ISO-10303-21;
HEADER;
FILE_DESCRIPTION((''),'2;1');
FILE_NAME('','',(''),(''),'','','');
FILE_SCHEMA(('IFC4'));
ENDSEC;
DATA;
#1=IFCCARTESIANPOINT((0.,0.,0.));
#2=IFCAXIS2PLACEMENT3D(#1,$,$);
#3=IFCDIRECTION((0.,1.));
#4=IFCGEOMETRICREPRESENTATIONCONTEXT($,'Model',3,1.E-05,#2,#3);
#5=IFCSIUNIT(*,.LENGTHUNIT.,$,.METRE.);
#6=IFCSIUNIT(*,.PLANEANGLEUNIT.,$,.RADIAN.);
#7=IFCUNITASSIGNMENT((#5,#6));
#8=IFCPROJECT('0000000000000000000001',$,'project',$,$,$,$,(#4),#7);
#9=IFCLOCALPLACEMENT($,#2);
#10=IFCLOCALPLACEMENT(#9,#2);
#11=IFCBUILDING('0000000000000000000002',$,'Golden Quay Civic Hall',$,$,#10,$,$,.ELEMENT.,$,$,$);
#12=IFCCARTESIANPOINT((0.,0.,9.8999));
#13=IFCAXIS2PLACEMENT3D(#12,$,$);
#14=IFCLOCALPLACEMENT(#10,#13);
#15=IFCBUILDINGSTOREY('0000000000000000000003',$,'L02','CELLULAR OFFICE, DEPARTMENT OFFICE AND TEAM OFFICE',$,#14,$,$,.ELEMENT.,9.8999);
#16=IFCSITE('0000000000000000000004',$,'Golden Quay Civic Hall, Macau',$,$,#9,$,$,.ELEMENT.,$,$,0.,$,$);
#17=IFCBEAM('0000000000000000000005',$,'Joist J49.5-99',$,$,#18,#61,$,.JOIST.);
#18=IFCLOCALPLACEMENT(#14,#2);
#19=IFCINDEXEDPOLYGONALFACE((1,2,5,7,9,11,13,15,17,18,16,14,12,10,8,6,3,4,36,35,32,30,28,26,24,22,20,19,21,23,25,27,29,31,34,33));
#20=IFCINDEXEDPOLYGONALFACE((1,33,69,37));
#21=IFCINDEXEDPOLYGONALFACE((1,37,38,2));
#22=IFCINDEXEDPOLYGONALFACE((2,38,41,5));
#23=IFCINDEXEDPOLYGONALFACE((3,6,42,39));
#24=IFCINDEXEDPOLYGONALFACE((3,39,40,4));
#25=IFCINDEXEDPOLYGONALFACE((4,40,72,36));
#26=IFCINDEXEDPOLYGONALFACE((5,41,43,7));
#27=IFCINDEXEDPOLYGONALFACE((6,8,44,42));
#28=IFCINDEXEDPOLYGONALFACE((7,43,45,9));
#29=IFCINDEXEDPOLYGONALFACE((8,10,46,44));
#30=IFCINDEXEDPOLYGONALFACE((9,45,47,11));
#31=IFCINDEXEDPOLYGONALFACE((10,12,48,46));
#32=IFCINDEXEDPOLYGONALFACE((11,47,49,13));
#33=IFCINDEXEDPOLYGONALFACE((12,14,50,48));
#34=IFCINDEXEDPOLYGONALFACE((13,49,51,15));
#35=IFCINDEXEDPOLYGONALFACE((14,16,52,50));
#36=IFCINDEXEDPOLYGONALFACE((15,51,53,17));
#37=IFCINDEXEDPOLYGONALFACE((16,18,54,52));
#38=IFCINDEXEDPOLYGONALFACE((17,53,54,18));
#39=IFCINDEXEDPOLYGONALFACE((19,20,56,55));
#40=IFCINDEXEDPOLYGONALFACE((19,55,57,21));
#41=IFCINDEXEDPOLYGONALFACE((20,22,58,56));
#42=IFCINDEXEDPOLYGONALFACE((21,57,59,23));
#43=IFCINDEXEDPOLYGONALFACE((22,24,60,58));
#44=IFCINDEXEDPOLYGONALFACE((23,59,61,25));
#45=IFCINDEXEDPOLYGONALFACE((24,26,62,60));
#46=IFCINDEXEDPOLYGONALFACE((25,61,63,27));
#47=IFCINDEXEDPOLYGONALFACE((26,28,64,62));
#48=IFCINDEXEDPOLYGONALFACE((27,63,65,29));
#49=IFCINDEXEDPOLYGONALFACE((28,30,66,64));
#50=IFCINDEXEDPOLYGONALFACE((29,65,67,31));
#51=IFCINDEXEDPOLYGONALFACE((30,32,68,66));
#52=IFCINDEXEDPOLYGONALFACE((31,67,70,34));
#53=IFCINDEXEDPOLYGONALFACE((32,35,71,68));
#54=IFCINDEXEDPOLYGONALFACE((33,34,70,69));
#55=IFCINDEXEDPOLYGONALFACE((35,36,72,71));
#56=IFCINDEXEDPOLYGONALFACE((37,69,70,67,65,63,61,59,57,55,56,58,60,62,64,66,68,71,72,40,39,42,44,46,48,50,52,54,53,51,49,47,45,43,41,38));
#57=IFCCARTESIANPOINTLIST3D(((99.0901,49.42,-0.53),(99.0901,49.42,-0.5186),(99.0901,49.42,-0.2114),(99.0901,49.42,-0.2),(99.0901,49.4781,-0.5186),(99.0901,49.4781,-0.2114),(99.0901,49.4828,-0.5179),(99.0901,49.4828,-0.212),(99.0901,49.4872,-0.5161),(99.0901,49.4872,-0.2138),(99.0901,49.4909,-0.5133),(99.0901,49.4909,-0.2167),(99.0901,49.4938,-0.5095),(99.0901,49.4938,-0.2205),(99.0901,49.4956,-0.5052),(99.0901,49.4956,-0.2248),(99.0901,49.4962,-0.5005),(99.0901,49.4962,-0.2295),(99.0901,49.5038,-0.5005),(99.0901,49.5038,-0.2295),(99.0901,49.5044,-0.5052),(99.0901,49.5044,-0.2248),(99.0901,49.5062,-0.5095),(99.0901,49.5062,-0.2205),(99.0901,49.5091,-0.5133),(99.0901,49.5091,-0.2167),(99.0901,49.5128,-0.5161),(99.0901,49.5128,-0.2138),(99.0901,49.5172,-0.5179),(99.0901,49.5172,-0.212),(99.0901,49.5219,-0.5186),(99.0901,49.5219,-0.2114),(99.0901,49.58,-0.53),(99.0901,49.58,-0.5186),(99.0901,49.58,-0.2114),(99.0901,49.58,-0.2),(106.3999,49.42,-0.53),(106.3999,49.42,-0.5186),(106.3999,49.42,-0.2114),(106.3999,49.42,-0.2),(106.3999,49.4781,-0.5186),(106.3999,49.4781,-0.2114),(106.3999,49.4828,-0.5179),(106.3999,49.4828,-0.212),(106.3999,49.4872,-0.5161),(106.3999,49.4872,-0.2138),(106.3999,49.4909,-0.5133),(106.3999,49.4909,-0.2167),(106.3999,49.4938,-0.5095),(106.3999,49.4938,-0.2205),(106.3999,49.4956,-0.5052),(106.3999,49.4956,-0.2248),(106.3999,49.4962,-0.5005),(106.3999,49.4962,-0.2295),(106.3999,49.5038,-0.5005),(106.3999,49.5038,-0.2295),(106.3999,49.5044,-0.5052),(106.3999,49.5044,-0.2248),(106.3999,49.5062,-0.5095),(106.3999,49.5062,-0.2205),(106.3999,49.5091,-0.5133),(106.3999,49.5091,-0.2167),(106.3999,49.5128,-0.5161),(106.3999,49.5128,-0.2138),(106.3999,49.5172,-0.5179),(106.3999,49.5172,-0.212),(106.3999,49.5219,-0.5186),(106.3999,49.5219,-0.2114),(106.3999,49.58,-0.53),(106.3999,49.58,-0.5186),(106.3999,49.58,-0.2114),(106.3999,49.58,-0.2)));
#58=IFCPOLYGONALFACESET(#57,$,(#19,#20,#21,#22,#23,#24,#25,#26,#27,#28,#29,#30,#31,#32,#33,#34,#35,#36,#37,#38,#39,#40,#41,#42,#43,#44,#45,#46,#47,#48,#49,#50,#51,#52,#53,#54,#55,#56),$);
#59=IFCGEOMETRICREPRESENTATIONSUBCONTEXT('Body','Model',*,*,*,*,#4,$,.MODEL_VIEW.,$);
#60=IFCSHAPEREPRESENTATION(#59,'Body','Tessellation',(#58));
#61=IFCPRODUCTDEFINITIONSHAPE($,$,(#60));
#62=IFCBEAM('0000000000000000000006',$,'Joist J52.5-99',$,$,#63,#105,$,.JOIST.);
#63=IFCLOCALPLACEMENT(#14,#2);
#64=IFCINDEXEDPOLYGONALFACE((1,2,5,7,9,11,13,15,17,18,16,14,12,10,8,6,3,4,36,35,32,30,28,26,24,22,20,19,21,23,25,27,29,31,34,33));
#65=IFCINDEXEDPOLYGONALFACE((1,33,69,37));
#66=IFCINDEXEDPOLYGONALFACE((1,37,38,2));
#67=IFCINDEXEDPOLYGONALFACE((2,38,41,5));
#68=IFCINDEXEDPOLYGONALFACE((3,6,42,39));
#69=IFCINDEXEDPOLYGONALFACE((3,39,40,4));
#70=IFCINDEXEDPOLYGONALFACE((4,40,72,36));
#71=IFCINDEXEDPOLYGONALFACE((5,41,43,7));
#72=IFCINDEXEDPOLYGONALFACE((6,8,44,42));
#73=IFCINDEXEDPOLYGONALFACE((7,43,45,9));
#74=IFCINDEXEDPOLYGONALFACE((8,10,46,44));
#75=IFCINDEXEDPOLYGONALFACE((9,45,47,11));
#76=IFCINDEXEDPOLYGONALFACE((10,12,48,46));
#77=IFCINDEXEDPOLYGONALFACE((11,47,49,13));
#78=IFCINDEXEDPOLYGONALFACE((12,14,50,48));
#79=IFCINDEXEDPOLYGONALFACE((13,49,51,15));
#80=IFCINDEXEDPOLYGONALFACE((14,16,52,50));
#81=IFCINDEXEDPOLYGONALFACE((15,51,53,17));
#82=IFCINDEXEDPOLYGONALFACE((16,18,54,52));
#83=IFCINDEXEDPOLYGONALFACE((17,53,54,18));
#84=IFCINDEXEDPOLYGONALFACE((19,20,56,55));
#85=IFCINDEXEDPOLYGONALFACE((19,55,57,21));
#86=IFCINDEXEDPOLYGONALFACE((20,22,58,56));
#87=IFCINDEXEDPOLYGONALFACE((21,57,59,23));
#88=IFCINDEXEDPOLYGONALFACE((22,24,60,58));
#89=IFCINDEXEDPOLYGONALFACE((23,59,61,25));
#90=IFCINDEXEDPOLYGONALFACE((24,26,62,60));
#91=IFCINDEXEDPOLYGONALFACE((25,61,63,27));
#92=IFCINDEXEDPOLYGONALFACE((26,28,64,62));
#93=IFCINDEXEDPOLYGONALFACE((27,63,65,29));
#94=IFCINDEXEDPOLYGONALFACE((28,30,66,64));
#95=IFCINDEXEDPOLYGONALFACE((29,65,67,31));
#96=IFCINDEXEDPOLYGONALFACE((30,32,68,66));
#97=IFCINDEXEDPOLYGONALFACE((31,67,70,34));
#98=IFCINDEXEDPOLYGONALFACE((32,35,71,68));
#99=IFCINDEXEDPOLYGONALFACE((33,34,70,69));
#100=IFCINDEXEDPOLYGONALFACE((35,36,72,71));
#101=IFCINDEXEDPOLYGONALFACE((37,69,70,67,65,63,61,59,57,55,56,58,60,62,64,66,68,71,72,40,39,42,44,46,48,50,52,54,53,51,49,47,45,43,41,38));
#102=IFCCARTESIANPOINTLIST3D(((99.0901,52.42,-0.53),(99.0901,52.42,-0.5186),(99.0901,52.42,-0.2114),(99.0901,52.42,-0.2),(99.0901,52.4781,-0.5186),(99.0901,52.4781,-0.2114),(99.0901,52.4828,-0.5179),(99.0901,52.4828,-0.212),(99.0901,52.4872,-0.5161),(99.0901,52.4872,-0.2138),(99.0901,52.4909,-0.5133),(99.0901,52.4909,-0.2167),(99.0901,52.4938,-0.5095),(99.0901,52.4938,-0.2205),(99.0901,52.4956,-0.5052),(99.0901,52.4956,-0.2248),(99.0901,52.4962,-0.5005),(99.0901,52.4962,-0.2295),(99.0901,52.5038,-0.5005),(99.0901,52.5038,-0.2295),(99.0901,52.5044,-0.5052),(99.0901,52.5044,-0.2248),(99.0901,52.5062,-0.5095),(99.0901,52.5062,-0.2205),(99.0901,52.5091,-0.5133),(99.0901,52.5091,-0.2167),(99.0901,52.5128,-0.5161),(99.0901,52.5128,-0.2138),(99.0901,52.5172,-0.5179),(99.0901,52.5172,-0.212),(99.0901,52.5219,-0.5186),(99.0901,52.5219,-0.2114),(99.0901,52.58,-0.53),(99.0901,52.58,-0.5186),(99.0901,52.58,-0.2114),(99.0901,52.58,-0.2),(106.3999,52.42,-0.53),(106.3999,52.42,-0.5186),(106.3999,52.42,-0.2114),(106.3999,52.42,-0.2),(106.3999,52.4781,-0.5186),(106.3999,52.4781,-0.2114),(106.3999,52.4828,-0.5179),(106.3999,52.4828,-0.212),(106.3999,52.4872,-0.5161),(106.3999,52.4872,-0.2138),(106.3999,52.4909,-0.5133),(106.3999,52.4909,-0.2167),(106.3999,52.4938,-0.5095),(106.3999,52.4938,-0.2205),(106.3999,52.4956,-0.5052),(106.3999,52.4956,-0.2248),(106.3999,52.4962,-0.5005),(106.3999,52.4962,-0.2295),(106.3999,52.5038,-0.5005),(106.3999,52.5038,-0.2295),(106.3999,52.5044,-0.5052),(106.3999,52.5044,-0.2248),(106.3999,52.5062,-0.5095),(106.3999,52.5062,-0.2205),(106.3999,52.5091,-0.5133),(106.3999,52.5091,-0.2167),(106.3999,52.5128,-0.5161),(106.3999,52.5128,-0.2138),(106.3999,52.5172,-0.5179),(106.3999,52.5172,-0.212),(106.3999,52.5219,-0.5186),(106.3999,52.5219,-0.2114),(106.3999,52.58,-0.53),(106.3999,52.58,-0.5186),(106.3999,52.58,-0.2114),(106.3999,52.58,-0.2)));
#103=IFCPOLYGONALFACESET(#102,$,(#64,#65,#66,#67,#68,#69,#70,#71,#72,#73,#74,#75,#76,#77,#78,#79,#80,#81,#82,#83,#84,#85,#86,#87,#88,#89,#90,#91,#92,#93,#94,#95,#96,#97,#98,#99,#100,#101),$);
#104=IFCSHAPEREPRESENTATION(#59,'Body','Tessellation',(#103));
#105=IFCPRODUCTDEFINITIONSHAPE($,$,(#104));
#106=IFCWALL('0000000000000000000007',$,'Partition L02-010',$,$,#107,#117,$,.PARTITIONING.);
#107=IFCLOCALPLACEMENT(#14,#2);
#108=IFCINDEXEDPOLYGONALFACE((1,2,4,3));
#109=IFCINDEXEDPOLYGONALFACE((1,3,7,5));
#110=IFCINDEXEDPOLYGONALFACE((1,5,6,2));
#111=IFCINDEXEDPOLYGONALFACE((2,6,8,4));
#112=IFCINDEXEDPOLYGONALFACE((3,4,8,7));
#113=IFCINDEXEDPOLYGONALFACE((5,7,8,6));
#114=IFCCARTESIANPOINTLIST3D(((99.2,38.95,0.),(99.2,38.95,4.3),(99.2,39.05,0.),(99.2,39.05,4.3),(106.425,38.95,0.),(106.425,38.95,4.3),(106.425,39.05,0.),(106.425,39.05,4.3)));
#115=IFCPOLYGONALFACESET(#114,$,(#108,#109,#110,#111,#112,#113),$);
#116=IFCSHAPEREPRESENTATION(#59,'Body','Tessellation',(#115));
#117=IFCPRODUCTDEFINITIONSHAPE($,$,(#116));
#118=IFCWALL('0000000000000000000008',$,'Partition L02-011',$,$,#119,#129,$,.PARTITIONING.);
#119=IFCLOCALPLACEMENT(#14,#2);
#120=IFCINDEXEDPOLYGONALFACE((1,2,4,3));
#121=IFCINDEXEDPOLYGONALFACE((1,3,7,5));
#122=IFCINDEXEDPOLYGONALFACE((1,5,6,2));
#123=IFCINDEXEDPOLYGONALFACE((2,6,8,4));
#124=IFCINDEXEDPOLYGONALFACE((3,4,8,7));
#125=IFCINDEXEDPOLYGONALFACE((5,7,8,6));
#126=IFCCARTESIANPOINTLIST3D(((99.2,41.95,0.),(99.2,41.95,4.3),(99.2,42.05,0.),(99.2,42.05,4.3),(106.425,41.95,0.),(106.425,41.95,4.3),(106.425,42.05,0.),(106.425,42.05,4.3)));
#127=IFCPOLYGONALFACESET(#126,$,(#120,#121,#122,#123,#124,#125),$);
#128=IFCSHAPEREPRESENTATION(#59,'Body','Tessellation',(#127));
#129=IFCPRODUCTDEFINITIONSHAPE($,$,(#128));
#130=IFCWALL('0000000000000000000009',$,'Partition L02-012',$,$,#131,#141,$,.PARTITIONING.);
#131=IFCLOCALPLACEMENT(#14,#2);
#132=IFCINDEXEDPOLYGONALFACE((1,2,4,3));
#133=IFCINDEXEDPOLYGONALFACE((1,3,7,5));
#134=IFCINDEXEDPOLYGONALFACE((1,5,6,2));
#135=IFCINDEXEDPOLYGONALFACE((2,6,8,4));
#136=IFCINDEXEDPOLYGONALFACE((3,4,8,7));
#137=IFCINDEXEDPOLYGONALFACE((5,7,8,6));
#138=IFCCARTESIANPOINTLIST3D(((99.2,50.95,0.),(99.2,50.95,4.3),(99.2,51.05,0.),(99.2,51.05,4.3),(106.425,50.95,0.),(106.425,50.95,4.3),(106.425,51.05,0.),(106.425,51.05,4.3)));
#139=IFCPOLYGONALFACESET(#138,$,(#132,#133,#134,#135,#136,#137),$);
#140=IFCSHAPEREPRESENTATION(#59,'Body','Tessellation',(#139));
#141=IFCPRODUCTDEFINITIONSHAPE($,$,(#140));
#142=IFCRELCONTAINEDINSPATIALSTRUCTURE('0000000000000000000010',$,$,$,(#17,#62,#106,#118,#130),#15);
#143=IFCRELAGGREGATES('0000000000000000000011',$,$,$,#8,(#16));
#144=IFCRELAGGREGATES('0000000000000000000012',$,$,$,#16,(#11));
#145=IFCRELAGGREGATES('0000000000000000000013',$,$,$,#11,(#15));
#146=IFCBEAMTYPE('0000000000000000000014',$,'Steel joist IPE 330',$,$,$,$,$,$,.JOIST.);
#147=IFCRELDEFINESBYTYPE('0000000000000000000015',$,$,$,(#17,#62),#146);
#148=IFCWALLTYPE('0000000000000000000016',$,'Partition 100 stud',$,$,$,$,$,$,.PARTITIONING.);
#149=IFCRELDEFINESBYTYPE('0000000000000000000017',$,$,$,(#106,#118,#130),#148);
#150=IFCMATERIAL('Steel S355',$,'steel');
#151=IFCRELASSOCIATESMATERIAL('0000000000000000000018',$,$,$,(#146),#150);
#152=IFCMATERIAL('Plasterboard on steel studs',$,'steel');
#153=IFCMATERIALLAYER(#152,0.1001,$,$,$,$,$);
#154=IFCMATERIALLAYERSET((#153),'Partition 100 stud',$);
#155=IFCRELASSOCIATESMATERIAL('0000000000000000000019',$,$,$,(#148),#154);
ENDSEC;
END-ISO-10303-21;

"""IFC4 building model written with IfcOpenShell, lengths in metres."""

from ifc_helpers import new_model, si_unit, direction, frame, frame_2d, origin, origin_2d, place, context, subcontext, project, spatial, rectangle, i_section, extrude, material, layer, layer_set, material_profile, profile_set, type_object, element, save


model = new_model("IFC4")

# Units and contexts
model_context = context("Model", 3, precision=1e-05, world=origin(), true_north=direction((0.0, 1.0)))
body_context = subcontext(model_context, "Body", "Model", "MODEL_VIEW")
ifc_project = project(units=[si_unit("LENGTHUNIT", "METRE"), si_unit("PLANEANGLEUNIT", "RADIAN")], contexts=[model_context])

# Site, building, storey
site_placement = place(None, origin())
site = spatial("IfcSite", under=ifc_project, at=site_placement, Name="Golden Quay Civic Hall, Macau", CompositionType="ELEMENT", RefElevation=0.0)
building_placement = place(site_placement, origin())
building = spatial("IfcBuilding", under=site, at=building_placement, Name="Golden Quay Civic Hall", CompositionType="ELEMENT")
storey_placement = place(building_placement, frame((0.0, 0.0, 9.8999)))
storey = spatial("IfcBuildingStorey", under=building, at=storey_placement, Name="L02", Description="CELLULAR OFFICE, DEPARTMENT OFFICE AND TEAM OFFICE", CompositionType="ELEMENT", Elevation=9.8999)

# Beams
ifc_material_1 = material(Name="Steel S355", Category="steel")
ifc_material_profile_1 = material_profile(ifc_material_1, i_section(OverallWidth=0.1599, OverallDepth=0.3301, WebThickness=0.0076, FlangeThickness=0.0115, FilletRadius=0.0181, at=origin_2d()), Name="IPE 330")
ifc_profile_set_1 = profile_set([ifc_material_profile_1], Name="Steel S355")
beam_type_1 = type_object("IfcBeamType", Name="Steel joist IPE 330", PredefinedType="JOIST", material=ifc_profile_set_1)
for number, where, z_axis, x_axis, name in (
    (1, (99.0901, 49.5, -0.365), (1.0, 0.0, 0.0), (0.0, 1.0, 0.0), "Joist J49.5-99"),
    (2, (99.0901, 52.5, -0.365), (1.0, 0.0, 0.0), (0.0, 1.0, 0.0), "Joist J52.5-99"),
):
    element("IfcBeam", number, at=place(storey_placement, frame(where, z_axis=z_axis, x_axis=x_axis)), inside=storey, type_object=beam_type_1, Name=name, PredefinedType="JOIST", context=body_context, shape_type="SweptSolid", body=[
        extrude(i_section(OverallWidth=0.1599, OverallDepth=0.3301, WebThickness=0.0076, FlangeThickness=0.0115, FilletRadius=0.0181, at=origin_2d()), origin(), (0.0, 0.0, 1.0), 7.3098),
    ])

# Walls
ifc_material_2 = material(Name="Plasterboard on steel studs", Category="steel")
ifc_layer_1 = layer(ifc_material_2, 0.1001)
ifc_layer_set_1 = layer_set([ifc_layer_1], Name="Partition 100 stud")
wall_type_1 = type_object("IfcWallType", Name="Partition 100 stud", PredefinedType="PARTITIONING", material=ifc_layer_set_1)
for number, where, z_axis, x_axis, name in (
    (3, (99.2, 39.0, 0.0), (0.0, 0.0, 1.0), (1.0, 0.0, 0.0), "Partition L02-010"),
    (4, (99.2, 42.0, 0.0), (0.0, 0.0, 1.0), (1.0, 0.0, 0.0), "Partition L02-011"),
    (5, (99.2, 51.0, 0.0), (0.0, 0.0, 1.0), (1.0, 0.0, 0.0), "Partition L02-012"),
):
    element("IfcWall", number, at=place(storey_placement, frame(where, z_axis=z_axis, x_axis=x_axis)), inside=storey, type_object=wall_type_1, Name=name, PredefinedType="PARTITIONING", context=body_context, shape_type="SweptSolid", body=[
        extrude(rectangle(XDim=7.2251, YDim=0.1001, at=frame_2d((3.6125, 0.0))), origin(), (0.0, 0.0, 1.0), 4.3),
    ])

save(model, "model.ifc")
